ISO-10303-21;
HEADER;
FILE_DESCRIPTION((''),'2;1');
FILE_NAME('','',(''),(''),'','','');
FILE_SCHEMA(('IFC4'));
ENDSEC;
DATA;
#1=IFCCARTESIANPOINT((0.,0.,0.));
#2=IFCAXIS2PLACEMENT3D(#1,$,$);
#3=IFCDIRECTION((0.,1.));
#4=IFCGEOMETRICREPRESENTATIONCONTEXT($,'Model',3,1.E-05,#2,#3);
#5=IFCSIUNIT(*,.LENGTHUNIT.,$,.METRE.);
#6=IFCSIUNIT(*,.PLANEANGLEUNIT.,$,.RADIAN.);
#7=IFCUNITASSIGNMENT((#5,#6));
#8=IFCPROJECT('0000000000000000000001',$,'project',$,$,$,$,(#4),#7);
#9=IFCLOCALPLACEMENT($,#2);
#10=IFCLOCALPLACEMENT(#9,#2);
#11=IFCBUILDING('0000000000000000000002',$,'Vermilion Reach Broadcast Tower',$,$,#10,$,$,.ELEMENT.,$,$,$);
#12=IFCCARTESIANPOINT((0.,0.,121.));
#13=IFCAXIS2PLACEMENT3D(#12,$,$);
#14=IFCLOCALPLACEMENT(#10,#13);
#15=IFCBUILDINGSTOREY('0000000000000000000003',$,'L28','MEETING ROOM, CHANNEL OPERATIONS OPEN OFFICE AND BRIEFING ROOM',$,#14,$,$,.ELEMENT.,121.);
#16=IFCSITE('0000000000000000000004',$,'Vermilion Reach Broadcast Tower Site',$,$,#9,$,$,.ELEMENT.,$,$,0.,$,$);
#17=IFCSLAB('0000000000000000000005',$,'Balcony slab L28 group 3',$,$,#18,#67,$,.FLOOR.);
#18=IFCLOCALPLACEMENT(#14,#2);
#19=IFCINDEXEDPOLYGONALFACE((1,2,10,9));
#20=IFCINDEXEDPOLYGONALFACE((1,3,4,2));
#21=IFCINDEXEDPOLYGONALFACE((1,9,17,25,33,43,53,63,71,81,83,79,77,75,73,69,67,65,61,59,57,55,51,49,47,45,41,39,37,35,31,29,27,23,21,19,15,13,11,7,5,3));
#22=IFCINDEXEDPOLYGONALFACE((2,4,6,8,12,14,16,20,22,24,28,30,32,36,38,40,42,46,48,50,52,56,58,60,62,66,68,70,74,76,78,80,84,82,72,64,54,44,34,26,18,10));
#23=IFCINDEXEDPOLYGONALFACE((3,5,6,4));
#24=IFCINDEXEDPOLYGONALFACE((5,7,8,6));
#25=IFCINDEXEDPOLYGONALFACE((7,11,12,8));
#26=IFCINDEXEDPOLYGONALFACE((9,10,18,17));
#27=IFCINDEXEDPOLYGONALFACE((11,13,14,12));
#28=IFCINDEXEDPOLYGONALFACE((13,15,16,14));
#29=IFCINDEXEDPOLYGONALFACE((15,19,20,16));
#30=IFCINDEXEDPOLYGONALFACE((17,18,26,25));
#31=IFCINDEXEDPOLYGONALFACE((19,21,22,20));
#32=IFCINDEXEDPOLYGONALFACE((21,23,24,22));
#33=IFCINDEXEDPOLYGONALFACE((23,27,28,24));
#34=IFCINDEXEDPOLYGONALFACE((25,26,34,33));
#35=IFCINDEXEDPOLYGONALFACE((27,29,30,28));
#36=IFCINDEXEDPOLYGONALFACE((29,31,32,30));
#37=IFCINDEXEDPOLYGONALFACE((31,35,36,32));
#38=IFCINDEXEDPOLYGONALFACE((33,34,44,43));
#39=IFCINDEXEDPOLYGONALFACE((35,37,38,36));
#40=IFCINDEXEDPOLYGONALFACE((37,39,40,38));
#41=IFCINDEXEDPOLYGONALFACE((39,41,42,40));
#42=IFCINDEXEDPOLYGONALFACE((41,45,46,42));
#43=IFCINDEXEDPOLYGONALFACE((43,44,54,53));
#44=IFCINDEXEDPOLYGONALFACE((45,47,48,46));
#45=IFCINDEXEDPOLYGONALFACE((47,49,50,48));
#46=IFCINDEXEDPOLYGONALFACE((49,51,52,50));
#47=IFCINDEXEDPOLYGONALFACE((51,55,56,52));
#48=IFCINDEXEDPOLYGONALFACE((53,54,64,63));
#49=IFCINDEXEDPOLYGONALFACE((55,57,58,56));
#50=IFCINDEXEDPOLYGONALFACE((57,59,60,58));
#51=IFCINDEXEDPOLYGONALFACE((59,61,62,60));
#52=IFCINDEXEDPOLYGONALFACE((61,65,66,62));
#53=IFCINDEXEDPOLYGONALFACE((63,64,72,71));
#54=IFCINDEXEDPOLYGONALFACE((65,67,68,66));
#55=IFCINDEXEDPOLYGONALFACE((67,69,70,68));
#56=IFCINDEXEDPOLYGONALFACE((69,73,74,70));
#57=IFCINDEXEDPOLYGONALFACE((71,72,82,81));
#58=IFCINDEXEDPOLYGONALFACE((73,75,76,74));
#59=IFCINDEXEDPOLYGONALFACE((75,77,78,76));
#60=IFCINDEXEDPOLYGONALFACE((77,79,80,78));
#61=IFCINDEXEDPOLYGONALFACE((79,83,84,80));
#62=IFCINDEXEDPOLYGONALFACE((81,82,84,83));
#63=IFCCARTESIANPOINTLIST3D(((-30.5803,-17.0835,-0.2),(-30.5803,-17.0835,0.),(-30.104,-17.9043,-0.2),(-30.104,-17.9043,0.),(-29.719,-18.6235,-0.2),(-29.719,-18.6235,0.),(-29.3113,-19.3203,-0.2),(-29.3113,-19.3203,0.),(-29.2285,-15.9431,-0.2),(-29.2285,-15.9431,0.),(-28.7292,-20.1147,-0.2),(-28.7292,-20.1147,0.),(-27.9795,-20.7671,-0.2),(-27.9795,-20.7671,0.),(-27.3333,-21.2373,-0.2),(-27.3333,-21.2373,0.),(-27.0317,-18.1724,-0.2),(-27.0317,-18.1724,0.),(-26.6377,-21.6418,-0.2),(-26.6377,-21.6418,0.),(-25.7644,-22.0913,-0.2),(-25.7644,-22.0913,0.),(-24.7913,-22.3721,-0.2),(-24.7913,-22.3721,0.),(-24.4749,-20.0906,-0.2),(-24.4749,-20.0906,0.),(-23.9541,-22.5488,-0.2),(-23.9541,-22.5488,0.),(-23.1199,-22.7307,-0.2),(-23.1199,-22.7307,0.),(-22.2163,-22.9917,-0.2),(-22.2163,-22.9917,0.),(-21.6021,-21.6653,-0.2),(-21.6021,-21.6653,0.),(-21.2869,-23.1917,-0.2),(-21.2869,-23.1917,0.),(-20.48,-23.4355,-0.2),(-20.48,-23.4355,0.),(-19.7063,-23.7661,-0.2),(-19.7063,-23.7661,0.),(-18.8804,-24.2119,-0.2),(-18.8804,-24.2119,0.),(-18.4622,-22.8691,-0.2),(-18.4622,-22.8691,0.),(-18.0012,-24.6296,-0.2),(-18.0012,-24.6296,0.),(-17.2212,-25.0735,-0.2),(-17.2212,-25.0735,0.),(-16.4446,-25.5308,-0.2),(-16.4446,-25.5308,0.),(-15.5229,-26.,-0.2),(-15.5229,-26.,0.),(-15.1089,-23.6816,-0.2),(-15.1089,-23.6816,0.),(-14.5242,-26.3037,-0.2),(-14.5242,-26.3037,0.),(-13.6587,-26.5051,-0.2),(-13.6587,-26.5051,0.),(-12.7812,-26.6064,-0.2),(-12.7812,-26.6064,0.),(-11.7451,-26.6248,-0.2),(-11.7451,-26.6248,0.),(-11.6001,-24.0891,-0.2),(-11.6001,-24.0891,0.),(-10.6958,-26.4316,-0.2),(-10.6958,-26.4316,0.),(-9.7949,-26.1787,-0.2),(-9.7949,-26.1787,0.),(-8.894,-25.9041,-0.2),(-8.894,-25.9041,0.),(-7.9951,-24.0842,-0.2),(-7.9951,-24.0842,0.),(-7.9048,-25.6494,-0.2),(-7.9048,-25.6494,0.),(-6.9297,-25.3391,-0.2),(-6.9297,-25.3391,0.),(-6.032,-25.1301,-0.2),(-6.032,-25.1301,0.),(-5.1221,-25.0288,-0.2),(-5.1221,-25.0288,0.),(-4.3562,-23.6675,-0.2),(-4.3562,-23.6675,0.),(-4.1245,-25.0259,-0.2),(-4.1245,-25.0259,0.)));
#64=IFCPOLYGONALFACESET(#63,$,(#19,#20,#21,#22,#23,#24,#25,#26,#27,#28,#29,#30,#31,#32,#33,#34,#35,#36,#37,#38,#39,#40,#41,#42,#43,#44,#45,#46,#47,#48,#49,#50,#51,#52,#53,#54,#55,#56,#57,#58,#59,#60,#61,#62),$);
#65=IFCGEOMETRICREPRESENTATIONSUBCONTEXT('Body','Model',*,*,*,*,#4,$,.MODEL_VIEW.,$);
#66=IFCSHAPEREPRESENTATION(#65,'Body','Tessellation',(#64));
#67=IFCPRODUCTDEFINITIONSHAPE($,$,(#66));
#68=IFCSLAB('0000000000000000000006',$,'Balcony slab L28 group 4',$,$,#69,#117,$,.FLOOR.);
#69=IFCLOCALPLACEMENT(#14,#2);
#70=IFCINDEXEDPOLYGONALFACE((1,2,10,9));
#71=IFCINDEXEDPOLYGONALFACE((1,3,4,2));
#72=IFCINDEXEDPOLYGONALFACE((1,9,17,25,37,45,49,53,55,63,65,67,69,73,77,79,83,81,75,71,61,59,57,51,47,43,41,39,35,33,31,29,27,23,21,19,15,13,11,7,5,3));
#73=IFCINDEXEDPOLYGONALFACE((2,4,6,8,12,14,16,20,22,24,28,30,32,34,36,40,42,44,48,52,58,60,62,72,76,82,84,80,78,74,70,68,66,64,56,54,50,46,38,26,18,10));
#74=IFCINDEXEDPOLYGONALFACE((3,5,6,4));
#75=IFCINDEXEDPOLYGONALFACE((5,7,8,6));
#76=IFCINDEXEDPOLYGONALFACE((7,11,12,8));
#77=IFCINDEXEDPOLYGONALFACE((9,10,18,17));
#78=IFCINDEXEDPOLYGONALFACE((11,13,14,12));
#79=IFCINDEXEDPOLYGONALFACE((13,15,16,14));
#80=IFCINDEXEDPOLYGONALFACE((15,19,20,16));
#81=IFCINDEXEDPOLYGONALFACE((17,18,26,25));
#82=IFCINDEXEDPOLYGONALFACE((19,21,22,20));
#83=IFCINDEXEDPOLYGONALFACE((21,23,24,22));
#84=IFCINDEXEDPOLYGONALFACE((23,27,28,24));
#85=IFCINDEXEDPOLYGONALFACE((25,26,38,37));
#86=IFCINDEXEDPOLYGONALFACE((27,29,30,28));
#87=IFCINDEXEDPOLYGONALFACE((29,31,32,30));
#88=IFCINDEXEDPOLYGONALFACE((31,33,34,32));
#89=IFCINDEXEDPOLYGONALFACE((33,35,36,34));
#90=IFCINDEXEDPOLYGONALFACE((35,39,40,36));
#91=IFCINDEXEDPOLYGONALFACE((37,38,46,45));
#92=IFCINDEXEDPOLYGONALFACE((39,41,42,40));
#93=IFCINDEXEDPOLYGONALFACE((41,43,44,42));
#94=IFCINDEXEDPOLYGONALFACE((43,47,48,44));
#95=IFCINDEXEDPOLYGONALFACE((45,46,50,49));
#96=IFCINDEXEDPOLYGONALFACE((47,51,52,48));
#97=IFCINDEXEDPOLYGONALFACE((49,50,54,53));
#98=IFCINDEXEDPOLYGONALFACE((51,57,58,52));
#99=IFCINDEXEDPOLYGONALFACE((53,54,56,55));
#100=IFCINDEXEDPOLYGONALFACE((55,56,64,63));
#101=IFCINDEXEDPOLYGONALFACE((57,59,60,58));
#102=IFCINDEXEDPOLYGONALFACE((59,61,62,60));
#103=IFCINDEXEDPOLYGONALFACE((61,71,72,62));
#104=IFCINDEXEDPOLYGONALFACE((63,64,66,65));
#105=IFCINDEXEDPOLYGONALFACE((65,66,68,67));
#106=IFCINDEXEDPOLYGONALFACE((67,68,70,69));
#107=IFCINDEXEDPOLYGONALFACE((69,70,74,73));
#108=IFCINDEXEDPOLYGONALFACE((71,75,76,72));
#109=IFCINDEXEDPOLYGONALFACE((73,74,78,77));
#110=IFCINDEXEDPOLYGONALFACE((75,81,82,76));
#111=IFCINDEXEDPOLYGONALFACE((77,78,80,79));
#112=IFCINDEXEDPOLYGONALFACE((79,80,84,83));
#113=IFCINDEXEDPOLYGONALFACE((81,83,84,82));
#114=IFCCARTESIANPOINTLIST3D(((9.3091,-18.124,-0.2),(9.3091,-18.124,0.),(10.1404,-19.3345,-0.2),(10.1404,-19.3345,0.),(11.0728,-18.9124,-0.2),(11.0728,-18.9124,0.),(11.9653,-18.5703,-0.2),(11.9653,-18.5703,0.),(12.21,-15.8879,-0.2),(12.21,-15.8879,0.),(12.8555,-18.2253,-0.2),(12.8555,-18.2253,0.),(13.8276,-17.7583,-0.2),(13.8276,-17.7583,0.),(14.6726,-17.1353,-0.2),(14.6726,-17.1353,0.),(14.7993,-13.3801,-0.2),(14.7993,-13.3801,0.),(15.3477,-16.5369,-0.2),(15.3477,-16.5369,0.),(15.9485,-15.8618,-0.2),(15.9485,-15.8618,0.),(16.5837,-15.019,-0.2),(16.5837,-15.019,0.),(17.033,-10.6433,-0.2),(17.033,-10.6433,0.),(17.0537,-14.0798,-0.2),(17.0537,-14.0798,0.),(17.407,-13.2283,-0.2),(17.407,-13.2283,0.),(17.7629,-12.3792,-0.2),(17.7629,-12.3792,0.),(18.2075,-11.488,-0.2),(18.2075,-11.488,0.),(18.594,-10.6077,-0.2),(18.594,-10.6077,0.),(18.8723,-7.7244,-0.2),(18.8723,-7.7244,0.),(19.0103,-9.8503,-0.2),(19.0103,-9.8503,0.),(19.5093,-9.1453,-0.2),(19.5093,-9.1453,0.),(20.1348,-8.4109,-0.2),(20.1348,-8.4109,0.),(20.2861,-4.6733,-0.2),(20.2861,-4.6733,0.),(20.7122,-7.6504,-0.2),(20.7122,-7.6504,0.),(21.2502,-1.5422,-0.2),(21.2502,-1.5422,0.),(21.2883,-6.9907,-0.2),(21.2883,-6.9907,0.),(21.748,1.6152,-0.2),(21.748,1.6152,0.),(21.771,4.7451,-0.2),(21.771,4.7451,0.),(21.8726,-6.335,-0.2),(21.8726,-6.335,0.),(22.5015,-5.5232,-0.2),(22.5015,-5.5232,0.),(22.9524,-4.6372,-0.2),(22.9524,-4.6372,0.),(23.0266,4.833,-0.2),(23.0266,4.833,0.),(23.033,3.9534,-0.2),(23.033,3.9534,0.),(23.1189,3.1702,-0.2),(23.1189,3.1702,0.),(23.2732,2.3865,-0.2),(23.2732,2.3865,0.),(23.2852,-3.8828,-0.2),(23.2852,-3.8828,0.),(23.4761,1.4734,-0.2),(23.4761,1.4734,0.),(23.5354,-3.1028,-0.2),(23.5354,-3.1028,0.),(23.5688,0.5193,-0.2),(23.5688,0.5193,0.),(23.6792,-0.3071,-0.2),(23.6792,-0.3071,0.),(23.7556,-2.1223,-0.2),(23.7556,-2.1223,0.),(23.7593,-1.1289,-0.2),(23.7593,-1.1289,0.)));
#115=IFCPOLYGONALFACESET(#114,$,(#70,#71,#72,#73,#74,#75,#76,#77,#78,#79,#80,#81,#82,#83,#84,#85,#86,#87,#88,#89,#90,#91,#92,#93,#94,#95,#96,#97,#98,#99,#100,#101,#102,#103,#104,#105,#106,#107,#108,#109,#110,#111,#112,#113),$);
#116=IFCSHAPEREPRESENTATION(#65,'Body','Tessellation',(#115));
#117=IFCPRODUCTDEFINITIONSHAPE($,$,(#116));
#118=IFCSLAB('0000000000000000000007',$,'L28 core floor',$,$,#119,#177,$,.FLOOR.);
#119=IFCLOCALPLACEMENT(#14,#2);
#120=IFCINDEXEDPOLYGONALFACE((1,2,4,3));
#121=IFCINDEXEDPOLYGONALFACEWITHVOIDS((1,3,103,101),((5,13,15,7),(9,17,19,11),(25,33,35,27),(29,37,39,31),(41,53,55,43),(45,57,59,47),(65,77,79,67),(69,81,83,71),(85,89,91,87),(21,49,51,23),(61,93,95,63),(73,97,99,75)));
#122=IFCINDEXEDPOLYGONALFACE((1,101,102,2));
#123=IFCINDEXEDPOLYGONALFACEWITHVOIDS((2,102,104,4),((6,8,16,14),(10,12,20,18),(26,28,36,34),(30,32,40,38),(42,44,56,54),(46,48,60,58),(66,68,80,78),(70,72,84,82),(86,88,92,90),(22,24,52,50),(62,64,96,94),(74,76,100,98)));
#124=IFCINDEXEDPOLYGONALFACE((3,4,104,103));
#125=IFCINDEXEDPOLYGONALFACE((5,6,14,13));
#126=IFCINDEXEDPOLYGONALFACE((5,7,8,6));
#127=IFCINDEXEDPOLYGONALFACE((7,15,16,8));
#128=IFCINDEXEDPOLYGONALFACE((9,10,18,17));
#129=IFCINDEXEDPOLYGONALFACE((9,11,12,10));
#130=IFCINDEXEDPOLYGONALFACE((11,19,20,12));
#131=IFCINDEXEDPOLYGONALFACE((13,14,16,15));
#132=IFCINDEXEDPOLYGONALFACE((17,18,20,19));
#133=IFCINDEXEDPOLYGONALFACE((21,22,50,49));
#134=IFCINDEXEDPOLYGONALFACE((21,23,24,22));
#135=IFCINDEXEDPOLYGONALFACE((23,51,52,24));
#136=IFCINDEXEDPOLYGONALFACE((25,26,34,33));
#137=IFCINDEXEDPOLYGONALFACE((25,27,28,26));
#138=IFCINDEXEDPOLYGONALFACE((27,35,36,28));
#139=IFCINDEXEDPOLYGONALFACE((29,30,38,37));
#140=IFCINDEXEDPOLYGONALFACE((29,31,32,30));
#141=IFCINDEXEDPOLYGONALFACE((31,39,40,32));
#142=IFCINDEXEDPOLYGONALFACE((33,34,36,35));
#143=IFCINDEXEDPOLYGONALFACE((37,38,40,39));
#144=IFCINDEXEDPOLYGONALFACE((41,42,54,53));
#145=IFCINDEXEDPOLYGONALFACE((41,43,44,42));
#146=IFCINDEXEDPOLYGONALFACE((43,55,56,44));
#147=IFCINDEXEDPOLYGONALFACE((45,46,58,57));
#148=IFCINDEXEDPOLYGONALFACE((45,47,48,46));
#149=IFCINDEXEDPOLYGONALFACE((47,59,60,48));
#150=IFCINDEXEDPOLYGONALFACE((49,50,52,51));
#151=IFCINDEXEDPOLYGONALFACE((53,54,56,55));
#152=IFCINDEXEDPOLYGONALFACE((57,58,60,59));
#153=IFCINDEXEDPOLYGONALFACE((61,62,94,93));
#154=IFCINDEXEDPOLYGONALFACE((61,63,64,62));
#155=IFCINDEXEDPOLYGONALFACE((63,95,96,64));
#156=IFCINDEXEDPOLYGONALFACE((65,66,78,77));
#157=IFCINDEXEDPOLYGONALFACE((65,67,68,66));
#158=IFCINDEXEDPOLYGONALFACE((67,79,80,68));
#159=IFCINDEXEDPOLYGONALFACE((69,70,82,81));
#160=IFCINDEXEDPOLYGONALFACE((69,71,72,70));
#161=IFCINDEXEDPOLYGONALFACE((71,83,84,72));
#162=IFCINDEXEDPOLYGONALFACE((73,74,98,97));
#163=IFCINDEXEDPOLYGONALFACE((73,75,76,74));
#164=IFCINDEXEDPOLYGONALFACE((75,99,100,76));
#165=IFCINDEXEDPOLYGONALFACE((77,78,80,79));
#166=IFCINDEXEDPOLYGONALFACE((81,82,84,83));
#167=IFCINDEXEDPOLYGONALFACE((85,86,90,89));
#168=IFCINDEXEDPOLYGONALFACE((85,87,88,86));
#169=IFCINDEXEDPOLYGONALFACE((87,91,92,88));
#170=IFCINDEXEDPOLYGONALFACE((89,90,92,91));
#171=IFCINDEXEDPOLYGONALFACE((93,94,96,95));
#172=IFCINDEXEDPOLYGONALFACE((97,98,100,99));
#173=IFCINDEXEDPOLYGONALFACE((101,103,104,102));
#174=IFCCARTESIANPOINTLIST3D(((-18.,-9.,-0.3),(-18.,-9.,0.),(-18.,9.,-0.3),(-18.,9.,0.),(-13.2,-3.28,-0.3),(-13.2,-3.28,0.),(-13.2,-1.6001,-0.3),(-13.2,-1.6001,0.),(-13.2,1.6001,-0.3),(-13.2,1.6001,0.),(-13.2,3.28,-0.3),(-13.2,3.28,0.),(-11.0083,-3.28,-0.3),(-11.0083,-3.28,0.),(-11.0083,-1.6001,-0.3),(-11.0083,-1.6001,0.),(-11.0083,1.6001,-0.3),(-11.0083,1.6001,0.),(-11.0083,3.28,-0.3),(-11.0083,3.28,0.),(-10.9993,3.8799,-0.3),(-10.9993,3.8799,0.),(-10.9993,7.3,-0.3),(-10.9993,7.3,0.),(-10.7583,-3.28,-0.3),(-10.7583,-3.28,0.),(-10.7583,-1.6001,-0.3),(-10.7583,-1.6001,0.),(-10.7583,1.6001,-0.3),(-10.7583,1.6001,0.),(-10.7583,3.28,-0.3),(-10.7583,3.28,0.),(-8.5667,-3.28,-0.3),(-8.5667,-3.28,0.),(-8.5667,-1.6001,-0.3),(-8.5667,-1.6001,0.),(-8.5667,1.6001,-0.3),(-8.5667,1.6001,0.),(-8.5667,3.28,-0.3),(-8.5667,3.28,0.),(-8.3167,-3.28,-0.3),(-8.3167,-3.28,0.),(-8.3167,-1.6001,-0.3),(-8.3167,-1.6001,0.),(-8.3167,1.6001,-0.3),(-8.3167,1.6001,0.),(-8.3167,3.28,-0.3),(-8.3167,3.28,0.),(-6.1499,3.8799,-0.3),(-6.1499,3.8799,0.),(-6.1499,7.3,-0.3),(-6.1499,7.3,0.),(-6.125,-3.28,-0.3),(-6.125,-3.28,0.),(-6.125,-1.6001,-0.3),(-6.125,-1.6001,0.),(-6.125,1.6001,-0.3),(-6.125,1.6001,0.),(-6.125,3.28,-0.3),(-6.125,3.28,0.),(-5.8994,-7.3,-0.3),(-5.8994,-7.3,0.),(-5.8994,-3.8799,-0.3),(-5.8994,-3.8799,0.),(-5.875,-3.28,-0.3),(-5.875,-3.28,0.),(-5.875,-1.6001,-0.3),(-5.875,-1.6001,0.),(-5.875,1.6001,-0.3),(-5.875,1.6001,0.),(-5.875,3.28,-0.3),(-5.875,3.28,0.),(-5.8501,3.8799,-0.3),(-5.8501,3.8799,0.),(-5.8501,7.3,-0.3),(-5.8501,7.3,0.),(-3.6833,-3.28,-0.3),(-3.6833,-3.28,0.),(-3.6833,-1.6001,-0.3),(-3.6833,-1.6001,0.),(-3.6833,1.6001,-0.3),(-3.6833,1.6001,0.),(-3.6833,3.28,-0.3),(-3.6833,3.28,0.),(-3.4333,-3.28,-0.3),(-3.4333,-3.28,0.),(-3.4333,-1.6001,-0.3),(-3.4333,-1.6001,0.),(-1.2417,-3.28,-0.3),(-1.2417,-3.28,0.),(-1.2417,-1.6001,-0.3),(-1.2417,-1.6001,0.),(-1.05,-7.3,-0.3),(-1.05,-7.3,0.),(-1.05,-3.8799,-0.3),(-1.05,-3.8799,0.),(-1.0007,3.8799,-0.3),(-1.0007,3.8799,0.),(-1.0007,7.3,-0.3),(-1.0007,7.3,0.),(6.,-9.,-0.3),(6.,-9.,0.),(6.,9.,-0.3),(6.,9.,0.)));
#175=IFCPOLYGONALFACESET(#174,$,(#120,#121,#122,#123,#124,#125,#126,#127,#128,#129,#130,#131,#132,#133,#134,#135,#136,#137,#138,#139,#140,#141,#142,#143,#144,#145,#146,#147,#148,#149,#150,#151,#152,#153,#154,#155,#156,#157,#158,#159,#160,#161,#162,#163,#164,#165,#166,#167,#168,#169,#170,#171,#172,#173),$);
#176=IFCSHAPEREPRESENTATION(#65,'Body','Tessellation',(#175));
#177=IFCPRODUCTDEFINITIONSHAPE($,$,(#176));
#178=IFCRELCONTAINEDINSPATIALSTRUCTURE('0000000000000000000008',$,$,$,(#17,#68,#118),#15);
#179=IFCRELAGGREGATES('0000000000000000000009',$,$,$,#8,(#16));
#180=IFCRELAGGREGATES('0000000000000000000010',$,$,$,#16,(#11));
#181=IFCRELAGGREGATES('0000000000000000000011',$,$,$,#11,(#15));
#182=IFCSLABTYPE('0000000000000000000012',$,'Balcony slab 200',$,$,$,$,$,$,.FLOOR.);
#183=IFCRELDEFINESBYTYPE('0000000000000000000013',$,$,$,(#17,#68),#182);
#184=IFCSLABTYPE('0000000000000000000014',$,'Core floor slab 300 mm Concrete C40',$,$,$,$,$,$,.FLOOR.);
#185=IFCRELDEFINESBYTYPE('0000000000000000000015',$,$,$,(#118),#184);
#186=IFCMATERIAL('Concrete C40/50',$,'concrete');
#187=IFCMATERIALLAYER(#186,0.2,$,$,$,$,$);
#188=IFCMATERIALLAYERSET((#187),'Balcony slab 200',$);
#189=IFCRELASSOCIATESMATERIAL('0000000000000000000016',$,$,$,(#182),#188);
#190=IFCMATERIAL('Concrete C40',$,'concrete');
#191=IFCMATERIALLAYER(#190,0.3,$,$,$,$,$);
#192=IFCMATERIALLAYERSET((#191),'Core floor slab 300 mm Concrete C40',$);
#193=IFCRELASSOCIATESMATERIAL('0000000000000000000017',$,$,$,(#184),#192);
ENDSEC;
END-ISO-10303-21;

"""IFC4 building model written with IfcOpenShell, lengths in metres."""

from ifc_helpers import new_model, si_unit, direction, frame, origin, place, context, subcontext, project, spatial, polyline, outline, extrude, material, layer, layer_set, type_object, element, save


model = new_model("IFC4")

# Units and contexts
model_context = context("Model", 3, precision=1e-05, world=origin(), true_north=direction((0.0, 1.0)))
body_context = subcontext(model_context, "Body", "Model", "MODEL_VIEW")
ifc_project = project(units=[si_unit("LENGTHUNIT", "METRE"), si_unit("PLANEANGLEUNIT", "RADIAN")], contexts=[model_context])

# Site, building, storey
site_placement = place(None, origin())
site = spatial("IfcSite", under=ifc_project, at=site_placement, Name="Vermilion Reach Broadcast Tower Site", CompositionType="ELEMENT", RefElevation=0.0)
building_placement = place(site_placement, origin())
building = spatial("IfcBuilding", under=site, at=building_placement, Name="Vermilion Reach Broadcast Tower", CompositionType="ELEMENT")
storey_placement = place(building_placement, frame((0.0, 0.0, 121.0)))
storey = spatial("IfcBuildingStorey", under=building, at=storey_placement, Name="L28", Description="MEETING ROOM, CHANNEL OPERATIONS OPEN OFFICE AND BRIEFING ROOM", CompositionType="ELEMENT", Elevation=121.0)

# Slabs
ifc_material_1 = material(Name="Concrete C40/50", Category="concrete")
ifc_layer_1 = layer(ifc_material_1, 0.2)
ifc_layer_set_1 = layer_set([ifc_layer_1], Name="Balcony slab 200")
slab_type_1 = type_object("IfcSlabType", Name="Balcony slab 200", PredefinedType="FLOOR", material=ifc_layer_set_1)
placement_1 = place(storey_placement, frame((0.0, 0.0, -0.2)))
element("IfcSlab", 1, at=placement_1, inside=storey, type_object=slab_type_1, Name="Balcony slab L28 group 3", PredefinedType="FLOOR", context=body_context, shape_type="SweptSolid", body=[
    extrude(outline(polyline([(-29.2285, -15.9431), (-27.0317, -18.1724), (-24.4749, -20.0906), (-21.6021, -21.6653), (-18.4622, -22.8691), (-15.1089, -23.6816), (-11.6001, -24.0891), (-7.9951, -24.0842), (-4.3562, -23.6675), (-4.1245, -25.0259), (-5.1221, -25.0288), (-6.032, -25.1301), (-6.9297, -25.3391), (-7.9048, -25.6494), (-8.894, -25.9041), (-9.7949, -26.1787), (-10.6958, -26.4316), (-11.7451, -26.6248), (-12.7812, -26.6064), (-13.6587, -26.5051), (-14.5242, -26.3037), (-15.5229, -26.0), (-16.4446, -25.5308), (-17.2212, -25.0735), (-18.0012, -24.6296), (-18.8804, -24.2119), (-19.7063, -23.7661), (-20.48, -23.4355), (-21.2869, -23.1917), (-22.2163, -22.9917), (-23.1199, -22.7307), (-23.9541, -22.5488), (-24.7913, -22.3721), (-25.7644, -22.0913), (-26.6377, -21.6418), (-27.3333, -21.2373), (-27.9795, -20.7671), (-28.7292, -20.1147), (-29.3113, -19.3203), (-29.719, -18.6235), (-30.104, -17.9043), (-30.5803, -17.0835), (-29.2285, -15.9431)])), origin(), (0.0, 0.0, 1.0), 0.2),
])
element("IfcSlab", 2, at=placement_1, inside=storey, type_object=slab_type_1, Name="Balcony slab L28 group 4", PredefinedType="FLOOR", context=body_context, shape_type="SweptSolid", body=[
    extrude(outline(polyline([(9.3091, -18.124), (12.21, -15.8879), (14.7993, -13.3801), (17.033, -10.6433), (18.8723, -7.7244), (20.2861, -4.6733), (21.2502, -1.5422), (21.748, 1.6152), (21.771, 4.7451), (23.0266, 4.833), (23.033, 3.9534), (23.1189, 3.1702), (23.2732, 2.3865), (23.4761, 1.4734), (23.5688, 0.5193), (23.6792, -0.3071), (23.7593, -1.1289), (23.7556, -2.1223), (23.5354, -3.1028), (23.2852, -3.8828), (22.9524, -4.6372), (22.5015, -5.5232), (21.8726, -6.335), (21.2883, -6.9907), (20.7122, -7.6504), (20.1348, -8.4109), (19.5093, -9.1453), (19.0103, -9.8503), (18.594, -10.6077), (18.2075, -11.488), (17.7629, -12.3792), (17.407, -13.2283), (17.0537, -14.0798), (16.5837, -15.019), (15.9485, -15.8618), (15.3477, -16.5369), (14.6726, -17.1353), (13.8276, -17.7583), (12.8555, -18.2253), (11.9653, -18.5703), (11.0728, -18.9124), (10.1404, -19.3345), (9.3091, -18.124)])), origin(), (0.0, 0.0, 1.0), 0.2),
])
ifc_material_2 = material(Name="Concrete C40", Category="concrete")
ifc_layer_2 = layer(ifc_material_2, 0.3)
ifc_layer_set_2 = layer_set([ifc_layer_2], Name="Core floor slab 300 mm Concrete C40")
slab_type_2 = type_object("IfcSlabType", Name="Core floor slab 300 mm Concrete C40", PredefinedType="FLOOR", material=ifc_layer_set_2)
slab_1_placement = place(storey_placement, frame((0.0, 0.0, -0.3)))
element("IfcSlab", 3, at=slab_1_placement, inside=storey, type_object=slab_type_2, Name="L28 core floor", PredefinedType="FLOOR", context=body_context, shape_type="SweptSolid", body=[
    extrude(outline(polyline([(-18.0, -9.0), (6.0, -9.0), (6.0, 9.0), (-18.0, 9.0), (-18.0, -9.0)]), holes=[polyline([(-13.2, 1.6001), (-11.0083, 1.6001), (-11.0083, 3.28), (-13.2, 3.28), (-13.2, 1.6001)]), polyline([(-10.7583, 1.6001), (-8.5667, 1.6001), (-8.5667, 3.28), (-10.7583, 3.28), (-10.7583, 1.6001)]), polyline([(-8.3167, 1.6001), (-6.125, 1.6001), (-6.125, 3.28), (-8.3167, 3.28), (-8.3167, 1.6001)]), polyline([(-5.875, 1.6001), (-3.6833, 1.6001), (-3.6833, 3.28), (-5.875, 3.28), (-5.875, 1.6001)]), polyline([(-13.2, -3.28), (-11.0083, -3.28), (-11.0083, -1.6001), (-13.2, -1.6001), (-13.2, -3.28)]), polyline([(-10.7583, -3.28), (-8.5667, -3.28), (-8.5667, -1.6001), (-10.7583, -1.6001), (-10.7583, -3.28)]), polyline([(-8.3167, -3.28), (-6.125, -3.28), (-6.125, -1.6001), (-8.3167, -1.6001), (-8.3167, -3.28)]), polyline([(-5.875, -3.28), (-3.6833, -3.28), (-3.6833, -1.6001), (-5.875, -1.6001), (-5.875, -3.28)]), polyline([(-3.4333, -3.28), (-1.2417, -3.28), (-1.2417, -1.6001), (-3.4333, -1.6001), (-3.4333, -3.28)]), polyline([(-10.9993, 3.8799), (-6.1499, 3.8799), (-6.1499, 7.3), (-10.9993, 7.3), (-10.9993, 3.8799)]), polyline([(-1.0007, 7.3), (-5.8501, 7.3), (-5.8501, 3.8799), (-1.0007, 3.8799), (-1.0007, 7.3)]), polyline([(-5.8994, -7.3), (-1.05, -7.3), (-1.05, -3.8799), (-5.8994, -3.8799), (-5.8994, -7.3)])]), origin(), (0.0, 0.0, 1.0), 0.3),
])

save(model, "model.ifc")
